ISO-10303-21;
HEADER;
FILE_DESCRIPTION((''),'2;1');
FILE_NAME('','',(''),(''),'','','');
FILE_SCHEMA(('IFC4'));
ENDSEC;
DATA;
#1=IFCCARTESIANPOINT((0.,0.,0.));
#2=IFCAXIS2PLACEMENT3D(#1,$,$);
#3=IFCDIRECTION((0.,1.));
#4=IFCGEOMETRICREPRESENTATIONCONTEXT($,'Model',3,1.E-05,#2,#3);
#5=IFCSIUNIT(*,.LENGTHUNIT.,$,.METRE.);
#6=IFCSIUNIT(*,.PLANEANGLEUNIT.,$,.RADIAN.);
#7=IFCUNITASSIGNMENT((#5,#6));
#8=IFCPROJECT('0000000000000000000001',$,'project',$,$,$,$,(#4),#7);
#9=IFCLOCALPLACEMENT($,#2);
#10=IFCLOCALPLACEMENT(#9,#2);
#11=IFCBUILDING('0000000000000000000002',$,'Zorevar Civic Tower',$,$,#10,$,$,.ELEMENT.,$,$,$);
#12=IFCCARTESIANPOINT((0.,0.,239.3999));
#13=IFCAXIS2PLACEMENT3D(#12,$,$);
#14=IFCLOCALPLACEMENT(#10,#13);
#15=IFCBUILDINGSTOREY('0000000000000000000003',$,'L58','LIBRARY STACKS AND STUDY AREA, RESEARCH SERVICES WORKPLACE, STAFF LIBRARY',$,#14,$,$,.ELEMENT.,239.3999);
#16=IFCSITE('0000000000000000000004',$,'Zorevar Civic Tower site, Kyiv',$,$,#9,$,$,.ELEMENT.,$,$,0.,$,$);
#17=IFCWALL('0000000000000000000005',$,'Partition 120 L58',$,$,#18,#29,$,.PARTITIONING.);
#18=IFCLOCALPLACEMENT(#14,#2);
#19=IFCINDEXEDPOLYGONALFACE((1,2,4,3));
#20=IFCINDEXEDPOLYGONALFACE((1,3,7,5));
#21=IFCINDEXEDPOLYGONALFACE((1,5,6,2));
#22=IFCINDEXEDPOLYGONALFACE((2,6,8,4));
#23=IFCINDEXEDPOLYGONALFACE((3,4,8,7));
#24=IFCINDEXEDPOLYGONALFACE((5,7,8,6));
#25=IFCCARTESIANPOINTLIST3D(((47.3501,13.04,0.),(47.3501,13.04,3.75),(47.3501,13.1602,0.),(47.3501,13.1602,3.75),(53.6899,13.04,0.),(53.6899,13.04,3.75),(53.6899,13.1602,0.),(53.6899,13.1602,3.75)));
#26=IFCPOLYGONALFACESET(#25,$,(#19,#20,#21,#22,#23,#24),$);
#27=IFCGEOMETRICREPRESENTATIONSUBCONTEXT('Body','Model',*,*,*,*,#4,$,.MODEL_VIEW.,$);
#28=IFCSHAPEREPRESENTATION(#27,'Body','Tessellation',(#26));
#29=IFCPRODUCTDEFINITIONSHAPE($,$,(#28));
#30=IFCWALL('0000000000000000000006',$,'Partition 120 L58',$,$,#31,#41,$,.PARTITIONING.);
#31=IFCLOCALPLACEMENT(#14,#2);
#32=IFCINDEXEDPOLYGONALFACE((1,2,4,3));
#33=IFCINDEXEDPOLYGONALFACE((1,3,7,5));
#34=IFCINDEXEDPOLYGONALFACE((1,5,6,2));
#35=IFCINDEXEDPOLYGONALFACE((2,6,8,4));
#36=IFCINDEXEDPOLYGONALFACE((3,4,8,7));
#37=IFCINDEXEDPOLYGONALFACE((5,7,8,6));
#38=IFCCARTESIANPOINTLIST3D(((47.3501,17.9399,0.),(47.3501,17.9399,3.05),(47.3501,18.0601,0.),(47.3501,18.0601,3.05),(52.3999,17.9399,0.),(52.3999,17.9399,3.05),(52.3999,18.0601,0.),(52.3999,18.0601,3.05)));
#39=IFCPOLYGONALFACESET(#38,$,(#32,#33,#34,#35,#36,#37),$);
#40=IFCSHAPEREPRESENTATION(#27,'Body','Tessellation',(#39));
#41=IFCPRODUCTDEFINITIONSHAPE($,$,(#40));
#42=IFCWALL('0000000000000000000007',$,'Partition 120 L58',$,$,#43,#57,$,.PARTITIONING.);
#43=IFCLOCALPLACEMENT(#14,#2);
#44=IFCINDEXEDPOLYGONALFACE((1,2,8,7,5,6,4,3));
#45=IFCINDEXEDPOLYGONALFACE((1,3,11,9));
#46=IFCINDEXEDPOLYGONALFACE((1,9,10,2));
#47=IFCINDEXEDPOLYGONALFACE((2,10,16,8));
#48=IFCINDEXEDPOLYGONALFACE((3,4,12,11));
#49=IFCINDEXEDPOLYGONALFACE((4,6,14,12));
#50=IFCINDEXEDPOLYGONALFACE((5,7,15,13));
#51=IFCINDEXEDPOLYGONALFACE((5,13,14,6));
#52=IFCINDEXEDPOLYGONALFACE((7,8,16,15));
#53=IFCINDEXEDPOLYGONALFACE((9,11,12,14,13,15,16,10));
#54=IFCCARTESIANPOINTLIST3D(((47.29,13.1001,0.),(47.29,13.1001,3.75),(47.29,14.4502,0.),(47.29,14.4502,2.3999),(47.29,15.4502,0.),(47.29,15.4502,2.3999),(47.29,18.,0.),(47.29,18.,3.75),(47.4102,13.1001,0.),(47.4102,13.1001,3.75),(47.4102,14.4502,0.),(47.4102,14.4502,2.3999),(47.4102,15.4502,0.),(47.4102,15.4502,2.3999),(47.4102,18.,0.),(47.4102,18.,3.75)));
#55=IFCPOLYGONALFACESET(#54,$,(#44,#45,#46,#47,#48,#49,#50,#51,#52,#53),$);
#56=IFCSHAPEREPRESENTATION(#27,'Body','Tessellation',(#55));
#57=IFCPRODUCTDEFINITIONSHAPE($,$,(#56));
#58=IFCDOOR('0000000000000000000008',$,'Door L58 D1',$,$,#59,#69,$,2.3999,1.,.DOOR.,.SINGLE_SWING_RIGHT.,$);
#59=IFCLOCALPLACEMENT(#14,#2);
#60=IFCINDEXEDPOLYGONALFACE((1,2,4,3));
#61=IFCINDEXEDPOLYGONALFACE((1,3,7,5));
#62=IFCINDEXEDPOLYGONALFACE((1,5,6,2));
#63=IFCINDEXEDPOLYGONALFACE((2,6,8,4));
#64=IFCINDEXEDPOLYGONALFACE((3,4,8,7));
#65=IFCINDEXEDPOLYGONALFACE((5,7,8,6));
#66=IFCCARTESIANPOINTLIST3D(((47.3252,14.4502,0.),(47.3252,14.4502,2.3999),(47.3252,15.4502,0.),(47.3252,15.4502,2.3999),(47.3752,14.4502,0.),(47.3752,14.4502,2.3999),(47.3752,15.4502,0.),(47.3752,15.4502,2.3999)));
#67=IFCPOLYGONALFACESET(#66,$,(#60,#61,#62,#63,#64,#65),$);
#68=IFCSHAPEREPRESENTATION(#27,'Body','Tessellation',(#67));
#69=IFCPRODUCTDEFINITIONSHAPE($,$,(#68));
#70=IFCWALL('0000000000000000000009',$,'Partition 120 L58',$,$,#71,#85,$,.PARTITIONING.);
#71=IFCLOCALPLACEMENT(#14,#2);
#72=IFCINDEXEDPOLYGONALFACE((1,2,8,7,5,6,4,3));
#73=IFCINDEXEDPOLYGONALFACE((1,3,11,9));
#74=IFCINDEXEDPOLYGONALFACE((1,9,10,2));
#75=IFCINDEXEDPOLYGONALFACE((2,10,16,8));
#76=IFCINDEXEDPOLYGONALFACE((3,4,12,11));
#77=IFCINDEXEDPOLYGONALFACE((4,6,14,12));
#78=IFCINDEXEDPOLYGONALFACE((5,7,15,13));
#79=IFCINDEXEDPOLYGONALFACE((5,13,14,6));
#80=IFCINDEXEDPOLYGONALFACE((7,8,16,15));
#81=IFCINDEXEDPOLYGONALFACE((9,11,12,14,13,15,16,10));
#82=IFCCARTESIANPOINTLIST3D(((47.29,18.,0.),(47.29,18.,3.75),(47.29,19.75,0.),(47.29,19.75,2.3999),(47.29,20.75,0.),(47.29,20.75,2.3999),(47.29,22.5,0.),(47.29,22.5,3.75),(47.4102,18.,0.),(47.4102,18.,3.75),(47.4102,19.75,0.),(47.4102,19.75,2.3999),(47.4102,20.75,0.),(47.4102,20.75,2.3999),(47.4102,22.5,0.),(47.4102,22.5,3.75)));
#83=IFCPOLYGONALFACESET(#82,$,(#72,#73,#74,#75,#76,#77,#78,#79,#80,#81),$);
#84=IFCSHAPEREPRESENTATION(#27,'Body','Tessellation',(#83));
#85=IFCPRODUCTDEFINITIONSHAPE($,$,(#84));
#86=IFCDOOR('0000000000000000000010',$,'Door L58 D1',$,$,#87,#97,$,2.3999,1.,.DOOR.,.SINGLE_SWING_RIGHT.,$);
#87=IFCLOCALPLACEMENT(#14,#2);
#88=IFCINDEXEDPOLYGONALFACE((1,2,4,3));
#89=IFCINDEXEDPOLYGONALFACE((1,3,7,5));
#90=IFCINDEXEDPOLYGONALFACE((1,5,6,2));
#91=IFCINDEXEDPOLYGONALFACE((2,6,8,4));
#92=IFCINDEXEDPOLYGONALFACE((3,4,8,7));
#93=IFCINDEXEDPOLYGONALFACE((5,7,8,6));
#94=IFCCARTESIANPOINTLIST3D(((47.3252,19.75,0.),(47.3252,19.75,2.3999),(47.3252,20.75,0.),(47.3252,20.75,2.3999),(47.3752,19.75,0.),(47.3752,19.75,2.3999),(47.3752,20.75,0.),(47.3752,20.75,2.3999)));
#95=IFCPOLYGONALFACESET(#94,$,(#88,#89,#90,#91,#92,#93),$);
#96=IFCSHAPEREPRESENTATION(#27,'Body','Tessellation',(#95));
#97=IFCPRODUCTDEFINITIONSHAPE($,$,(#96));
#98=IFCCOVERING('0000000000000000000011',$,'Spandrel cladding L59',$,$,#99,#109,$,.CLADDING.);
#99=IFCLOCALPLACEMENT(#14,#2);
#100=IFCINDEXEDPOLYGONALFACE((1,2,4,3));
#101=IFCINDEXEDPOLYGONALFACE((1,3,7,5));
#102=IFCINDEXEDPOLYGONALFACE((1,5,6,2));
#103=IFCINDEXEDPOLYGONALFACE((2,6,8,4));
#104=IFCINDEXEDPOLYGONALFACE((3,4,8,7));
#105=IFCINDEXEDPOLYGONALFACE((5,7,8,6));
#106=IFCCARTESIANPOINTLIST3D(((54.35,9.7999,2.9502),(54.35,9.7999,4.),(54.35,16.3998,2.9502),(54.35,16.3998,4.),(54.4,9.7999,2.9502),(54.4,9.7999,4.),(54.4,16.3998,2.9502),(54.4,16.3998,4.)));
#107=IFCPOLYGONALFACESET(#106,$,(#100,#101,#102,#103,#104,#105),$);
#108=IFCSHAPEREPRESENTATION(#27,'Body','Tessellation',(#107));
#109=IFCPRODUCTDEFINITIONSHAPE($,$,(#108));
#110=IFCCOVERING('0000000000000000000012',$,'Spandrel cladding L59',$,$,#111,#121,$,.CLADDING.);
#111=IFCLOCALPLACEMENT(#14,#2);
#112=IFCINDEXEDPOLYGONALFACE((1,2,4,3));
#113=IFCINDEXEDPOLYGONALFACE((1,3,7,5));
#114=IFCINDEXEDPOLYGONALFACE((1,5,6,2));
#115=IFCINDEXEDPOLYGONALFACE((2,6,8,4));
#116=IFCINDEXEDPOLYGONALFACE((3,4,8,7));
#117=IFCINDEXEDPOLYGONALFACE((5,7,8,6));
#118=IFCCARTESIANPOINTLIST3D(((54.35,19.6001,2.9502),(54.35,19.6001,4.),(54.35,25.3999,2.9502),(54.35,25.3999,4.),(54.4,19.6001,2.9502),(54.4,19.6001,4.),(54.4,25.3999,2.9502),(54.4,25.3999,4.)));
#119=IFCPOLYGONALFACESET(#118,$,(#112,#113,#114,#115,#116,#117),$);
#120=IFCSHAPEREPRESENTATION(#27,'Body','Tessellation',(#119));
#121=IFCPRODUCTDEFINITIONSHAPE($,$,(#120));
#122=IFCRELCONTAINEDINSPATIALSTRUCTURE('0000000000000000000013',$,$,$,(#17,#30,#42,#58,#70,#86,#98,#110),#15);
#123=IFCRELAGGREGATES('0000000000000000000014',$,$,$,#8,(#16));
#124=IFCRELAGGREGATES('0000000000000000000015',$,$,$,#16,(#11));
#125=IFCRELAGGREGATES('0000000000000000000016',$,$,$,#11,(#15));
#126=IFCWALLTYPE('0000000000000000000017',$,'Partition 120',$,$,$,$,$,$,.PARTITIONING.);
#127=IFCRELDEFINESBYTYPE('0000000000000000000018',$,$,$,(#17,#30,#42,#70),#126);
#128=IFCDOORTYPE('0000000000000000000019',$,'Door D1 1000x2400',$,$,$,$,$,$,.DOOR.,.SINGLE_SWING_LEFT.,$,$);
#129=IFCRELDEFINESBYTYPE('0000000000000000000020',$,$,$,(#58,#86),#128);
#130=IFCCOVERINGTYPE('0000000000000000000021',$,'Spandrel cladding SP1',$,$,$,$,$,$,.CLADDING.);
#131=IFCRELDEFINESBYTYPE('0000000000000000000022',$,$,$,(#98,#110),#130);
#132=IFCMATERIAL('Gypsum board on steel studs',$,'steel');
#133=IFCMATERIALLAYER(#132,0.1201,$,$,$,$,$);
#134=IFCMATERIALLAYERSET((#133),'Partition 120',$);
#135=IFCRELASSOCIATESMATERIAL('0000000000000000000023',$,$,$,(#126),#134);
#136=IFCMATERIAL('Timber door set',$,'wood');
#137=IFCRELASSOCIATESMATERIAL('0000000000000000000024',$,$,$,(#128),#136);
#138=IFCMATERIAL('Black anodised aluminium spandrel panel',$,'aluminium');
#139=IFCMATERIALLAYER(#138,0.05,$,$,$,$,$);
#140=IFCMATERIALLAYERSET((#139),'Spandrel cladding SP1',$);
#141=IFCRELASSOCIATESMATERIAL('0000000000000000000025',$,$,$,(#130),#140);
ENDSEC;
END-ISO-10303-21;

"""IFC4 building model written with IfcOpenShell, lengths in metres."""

from ifc_helpers import new_model, si_unit, direction, frame, frame_2d, origin, place, context, subcontext, project, spatial, rectangle, extrude, material, layer, layer_set, type_object, element, fill, save


model = new_model("IFC4")

# Units and contexts
model_context = context("Model", 3, precision=1e-05, world=origin(), true_north=direction((0.0, 1.0)))
body_context = subcontext(model_context, "Body", "Model", "MODEL_VIEW")
ifc_project = project(units=[si_unit("LENGTHUNIT", "METRE"), si_unit("PLANEANGLEUNIT", "RADIAN")], contexts=[model_context])

# Site, building, storey
site_placement = place(None, origin())
site = spatial("IfcSite", under=ifc_project, at=site_placement, Name="Zorevar Civic Tower site, Kyiv", CompositionType="ELEMENT", RefElevation=0.0)
building_placement = place(site_placement, origin())
building = spatial("IfcBuilding", under=site, at=building_placement, Name="Zorevar Civic Tower", CompositionType="ELEMENT")
storey_placement = place(building_placement, frame((0.0, 0.0, 239.3999)))
storey = spatial("IfcBuildingStorey", under=building, at=storey_placement, Name="L58", Description="LIBRARY STACKS AND STUDY AREA, RESEARCH SERVICES WORKPLACE, STAFF LIBRARY", CompositionType="ELEMENT", Elevation=239.3999)

# Walls
ifc_material_1 = material(Name="Gypsum board on steel studs", Category="steel")
ifc_layer_1 = layer(ifc_material_1, 0.1201)
ifc_layer_set_1 = layer_set([ifc_layer_1], Name="Partition 120")
wall_type_1 = type_object("IfcWallType", Name="Partition 120", PredefinedType="PARTITIONING", material=ifc_layer_set_1)
wall_1_placement = place(storey_placement, frame((47.3501, 13.1001, 0.0), z_axis=(0.0, 0.0, 1.0), x_axis=(1.0, 0.0, 0.0)))
element("IfcWall", 1, at=wall_1_placement, inside=storey, type_object=wall_type_1, Name="Partition 120 L58", PredefinedType="PARTITIONING", context=body_context, shape_type="SweptSolid", body=[
    extrude(rectangle(XDim=6.3398, YDim=0.1201, at=frame_2d((3.1699, 0.0))), origin(), (0.0, 0.0, 1.0), 3.75),
])
wall_2_placement = place(storey_placement, frame((47.3501, 18.0, 0.0), z_axis=(0.0, 0.0, 1.0), x_axis=(1.0, 0.0, 0.0)))
element("IfcWall", 2, at=wall_2_placement, inside=storey, type_object=wall_type_1, Name="Partition 120 L58", PredefinedType="PARTITIONING", context=body_context, shape_type="SweptSolid", body=[
    extrude(rectangle(XDim=5.0498, YDim=0.1201, at=frame_2d((2.5249, 0.0))), origin(), (0.0, 0.0, 1.0), 3.05),
])

# Walls, openings, doors
wall_3_placement = place(storey_placement, frame((47.3501, 13.1001, 0.0), z_axis=(0.0, 0.0, 1.0), x_axis=(0.0, 1.0, 0.0)))
wall_3 = element("IfcWall", 3, at=wall_3_placement, inside=storey, type_object=wall_type_1, Name="Partition 120 L58", PredefinedType="PARTITIONING", context=body_context, shape_type="SweptSolid", body=[
    extrude(rectangle(XDim=4.8999, YDim=0.1201, at=frame_2d((2.45, 0.0))), origin(), (0.0, 0.0, 1.0), 3.75),
])
opening_1_placement = place(wall_3_placement, frame((1.3501, 0.0, 0.0)))
opening_1 = element("IfcOpeningElement", 4, at=opening_1_placement, cuts=wall_3, PredefinedType="OPENING", context=body_context, shape_type="SweptSolid", body=[
    extrude(rectangle(XDim=1.0, YDim=2.3999, at=frame_2d((0.5, 1.2))), frame((0.0, 0.0701, 0.0), z_axis=(0.0, -1.0, 0.0), x_axis=(1.0, 0.0, 0.0)), (0.0, 0.0, 1.0), 0.1401),
])
ifc_material_2 = material(Name="Timber door set", Category="wood")
door_type_1 = type_object("IfcDoorType", Name="Door D1 1000x2400", OperationType="SINGLE_SWING_LEFT", PredefinedType="DOOR", material=ifc_material_2)
door_1_placement = place(opening_1_placement, origin())
door_1 = element("IfcDoor", 5, at=door_1_placement, inside=storey, type_object=door_type_1, Name="Door L58 D1", OperationType="SINGLE_SWING_RIGHT", OverallHeight=2.3999, OverallWidth=1.0, PredefinedType="DOOR", context=body_context, shape_type="SweptSolid", body=[
    extrude(rectangle(XDim=1.0, YDim=2.3999, at=frame_2d((0.5, 1.2))), frame((0.0, 0.0249, 0.0), z_axis=(0.0, -1.0, 0.0), x_axis=(1.0, 0.0, 0.0)), (0.0, 0.0, 1.0), 0.05),
])
fill(opening_1, door_1)
wall_4_placement = place(storey_placement, frame((47.3501, 18.0, 0.0), z_axis=(0.0, 0.0, 1.0), x_axis=(0.0, 1.0, 0.0)))
wall_4 = element("IfcWall", 6, at=wall_4_placement, inside=storey, type_object=wall_type_1, Name="Partition 120 L58", PredefinedType="PARTITIONING", context=body_context, shape_type="SweptSolid", body=[
    extrude(rectangle(XDim=4.5, YDim=0.1201, at=frame_2d((2.25, 0.0))), origin(), (0.0, 0.0, 1.0), 3.75),
])
opening_2_placement = place(wall_4_placement, frame((1.75, 0.0, 0.0)))
opening_2 = element("IfcOpeningElement", 7, at=opening_2_placement, cuts=wall_4, PredefinedType="OPENING", context=body_context, shape_type="SweptSolid", body=[
    extrude(rectangle(XDim=1.0, YDim=2.3999, at=frame_2d((0.5, 1.2))), frame((0.0, 0.0701, 0.0), z_axis=(0.0, -1.0, 0.0), x_axis=(1.0, 0.0, 0.0)), (0.0, 0.0, 1.0), 0.1401),
])
door_2_placement = place(opening_2_placement, origin())
door_2 = element("IfcDoor", 8, at=door_2_placement, inside=storey, type_object=door_type_1, Name="Door L58 D1", OperationType="SINGLE_SWING_RIGHT", OverallHeight=2.3999, OverallWidth=1.0, PredefinedType="DOOR", context=body_context, shape_type="SweptSolid", body=[
    extrude(rectangle(XDim=1.0, YDim=2.3999, at=frame_2d((0.5, 1.2))), frame((0.0, 0.0249, 0.0), z_axis=(0.0, -1.0, 0.0), x_axis=(1.0, 0.0, 0.0)), (0.0, 0.0, 1.0), 0.05),
])
fill(opening_2, door_2)

# Coverings
ifc_material_3 = material(Name="Black anodised aluminium spandrel panel", Category="aluminium")
ifc_layer_2 = layer(ifc_material_3, 0.05)
ifc_layer_set_2 = layer_set([ifc_layer_2], Name="Spandrel cladding SP1")
covering_type = type_object("IfcCoveringType", Name="Spandrel cladding SP1", PredefinedType="CLADDING", material=ifc_layer_set_2)
covering_1_placement = place(storey_placement, frame((54.375, 9.8, 2.9502), z_axis=(0.0, 0.0, 1.0), x_axis=(0.0, 1.0, 0.0)))
element("IfcCovering", 9, at=covering_1_placement, inside=storey, type_object=covering_type, Name="Spandrel cladding L59", PredefinedType="CLADDING", context=body_context, shape_type="SweptSolid", body=[
    extrude(rectangle(XDim=6.5999, YDim=0.05, at=frame_2d((3.2998, 0.0))), origin(), (0.0, 0.0, 1.0), 1.0498),
])
covering_2_placement = place(storey_placement, frame((54.375, 19.6001, 2.9502), z_axis=(0.0, 0.0, 1.0), x_axis=(0.0, 1.0, 0.0)))
element("IfcCovering", 10, at=covering_2_placement, inside=storey, type_object=covering_type, Name="Spandrel cladding L59", PredefinedType="CLADDING", context=body_context, shape_type="SweptSolid", body=[
    extrude(rectangle(XDim=5.7998, YDim=0.05, at=frame_2d((2.8999, 0.0))), origin(), (0.0, 0.0, 1.0), 1.0498),
])

save(model, "model.ifc")
